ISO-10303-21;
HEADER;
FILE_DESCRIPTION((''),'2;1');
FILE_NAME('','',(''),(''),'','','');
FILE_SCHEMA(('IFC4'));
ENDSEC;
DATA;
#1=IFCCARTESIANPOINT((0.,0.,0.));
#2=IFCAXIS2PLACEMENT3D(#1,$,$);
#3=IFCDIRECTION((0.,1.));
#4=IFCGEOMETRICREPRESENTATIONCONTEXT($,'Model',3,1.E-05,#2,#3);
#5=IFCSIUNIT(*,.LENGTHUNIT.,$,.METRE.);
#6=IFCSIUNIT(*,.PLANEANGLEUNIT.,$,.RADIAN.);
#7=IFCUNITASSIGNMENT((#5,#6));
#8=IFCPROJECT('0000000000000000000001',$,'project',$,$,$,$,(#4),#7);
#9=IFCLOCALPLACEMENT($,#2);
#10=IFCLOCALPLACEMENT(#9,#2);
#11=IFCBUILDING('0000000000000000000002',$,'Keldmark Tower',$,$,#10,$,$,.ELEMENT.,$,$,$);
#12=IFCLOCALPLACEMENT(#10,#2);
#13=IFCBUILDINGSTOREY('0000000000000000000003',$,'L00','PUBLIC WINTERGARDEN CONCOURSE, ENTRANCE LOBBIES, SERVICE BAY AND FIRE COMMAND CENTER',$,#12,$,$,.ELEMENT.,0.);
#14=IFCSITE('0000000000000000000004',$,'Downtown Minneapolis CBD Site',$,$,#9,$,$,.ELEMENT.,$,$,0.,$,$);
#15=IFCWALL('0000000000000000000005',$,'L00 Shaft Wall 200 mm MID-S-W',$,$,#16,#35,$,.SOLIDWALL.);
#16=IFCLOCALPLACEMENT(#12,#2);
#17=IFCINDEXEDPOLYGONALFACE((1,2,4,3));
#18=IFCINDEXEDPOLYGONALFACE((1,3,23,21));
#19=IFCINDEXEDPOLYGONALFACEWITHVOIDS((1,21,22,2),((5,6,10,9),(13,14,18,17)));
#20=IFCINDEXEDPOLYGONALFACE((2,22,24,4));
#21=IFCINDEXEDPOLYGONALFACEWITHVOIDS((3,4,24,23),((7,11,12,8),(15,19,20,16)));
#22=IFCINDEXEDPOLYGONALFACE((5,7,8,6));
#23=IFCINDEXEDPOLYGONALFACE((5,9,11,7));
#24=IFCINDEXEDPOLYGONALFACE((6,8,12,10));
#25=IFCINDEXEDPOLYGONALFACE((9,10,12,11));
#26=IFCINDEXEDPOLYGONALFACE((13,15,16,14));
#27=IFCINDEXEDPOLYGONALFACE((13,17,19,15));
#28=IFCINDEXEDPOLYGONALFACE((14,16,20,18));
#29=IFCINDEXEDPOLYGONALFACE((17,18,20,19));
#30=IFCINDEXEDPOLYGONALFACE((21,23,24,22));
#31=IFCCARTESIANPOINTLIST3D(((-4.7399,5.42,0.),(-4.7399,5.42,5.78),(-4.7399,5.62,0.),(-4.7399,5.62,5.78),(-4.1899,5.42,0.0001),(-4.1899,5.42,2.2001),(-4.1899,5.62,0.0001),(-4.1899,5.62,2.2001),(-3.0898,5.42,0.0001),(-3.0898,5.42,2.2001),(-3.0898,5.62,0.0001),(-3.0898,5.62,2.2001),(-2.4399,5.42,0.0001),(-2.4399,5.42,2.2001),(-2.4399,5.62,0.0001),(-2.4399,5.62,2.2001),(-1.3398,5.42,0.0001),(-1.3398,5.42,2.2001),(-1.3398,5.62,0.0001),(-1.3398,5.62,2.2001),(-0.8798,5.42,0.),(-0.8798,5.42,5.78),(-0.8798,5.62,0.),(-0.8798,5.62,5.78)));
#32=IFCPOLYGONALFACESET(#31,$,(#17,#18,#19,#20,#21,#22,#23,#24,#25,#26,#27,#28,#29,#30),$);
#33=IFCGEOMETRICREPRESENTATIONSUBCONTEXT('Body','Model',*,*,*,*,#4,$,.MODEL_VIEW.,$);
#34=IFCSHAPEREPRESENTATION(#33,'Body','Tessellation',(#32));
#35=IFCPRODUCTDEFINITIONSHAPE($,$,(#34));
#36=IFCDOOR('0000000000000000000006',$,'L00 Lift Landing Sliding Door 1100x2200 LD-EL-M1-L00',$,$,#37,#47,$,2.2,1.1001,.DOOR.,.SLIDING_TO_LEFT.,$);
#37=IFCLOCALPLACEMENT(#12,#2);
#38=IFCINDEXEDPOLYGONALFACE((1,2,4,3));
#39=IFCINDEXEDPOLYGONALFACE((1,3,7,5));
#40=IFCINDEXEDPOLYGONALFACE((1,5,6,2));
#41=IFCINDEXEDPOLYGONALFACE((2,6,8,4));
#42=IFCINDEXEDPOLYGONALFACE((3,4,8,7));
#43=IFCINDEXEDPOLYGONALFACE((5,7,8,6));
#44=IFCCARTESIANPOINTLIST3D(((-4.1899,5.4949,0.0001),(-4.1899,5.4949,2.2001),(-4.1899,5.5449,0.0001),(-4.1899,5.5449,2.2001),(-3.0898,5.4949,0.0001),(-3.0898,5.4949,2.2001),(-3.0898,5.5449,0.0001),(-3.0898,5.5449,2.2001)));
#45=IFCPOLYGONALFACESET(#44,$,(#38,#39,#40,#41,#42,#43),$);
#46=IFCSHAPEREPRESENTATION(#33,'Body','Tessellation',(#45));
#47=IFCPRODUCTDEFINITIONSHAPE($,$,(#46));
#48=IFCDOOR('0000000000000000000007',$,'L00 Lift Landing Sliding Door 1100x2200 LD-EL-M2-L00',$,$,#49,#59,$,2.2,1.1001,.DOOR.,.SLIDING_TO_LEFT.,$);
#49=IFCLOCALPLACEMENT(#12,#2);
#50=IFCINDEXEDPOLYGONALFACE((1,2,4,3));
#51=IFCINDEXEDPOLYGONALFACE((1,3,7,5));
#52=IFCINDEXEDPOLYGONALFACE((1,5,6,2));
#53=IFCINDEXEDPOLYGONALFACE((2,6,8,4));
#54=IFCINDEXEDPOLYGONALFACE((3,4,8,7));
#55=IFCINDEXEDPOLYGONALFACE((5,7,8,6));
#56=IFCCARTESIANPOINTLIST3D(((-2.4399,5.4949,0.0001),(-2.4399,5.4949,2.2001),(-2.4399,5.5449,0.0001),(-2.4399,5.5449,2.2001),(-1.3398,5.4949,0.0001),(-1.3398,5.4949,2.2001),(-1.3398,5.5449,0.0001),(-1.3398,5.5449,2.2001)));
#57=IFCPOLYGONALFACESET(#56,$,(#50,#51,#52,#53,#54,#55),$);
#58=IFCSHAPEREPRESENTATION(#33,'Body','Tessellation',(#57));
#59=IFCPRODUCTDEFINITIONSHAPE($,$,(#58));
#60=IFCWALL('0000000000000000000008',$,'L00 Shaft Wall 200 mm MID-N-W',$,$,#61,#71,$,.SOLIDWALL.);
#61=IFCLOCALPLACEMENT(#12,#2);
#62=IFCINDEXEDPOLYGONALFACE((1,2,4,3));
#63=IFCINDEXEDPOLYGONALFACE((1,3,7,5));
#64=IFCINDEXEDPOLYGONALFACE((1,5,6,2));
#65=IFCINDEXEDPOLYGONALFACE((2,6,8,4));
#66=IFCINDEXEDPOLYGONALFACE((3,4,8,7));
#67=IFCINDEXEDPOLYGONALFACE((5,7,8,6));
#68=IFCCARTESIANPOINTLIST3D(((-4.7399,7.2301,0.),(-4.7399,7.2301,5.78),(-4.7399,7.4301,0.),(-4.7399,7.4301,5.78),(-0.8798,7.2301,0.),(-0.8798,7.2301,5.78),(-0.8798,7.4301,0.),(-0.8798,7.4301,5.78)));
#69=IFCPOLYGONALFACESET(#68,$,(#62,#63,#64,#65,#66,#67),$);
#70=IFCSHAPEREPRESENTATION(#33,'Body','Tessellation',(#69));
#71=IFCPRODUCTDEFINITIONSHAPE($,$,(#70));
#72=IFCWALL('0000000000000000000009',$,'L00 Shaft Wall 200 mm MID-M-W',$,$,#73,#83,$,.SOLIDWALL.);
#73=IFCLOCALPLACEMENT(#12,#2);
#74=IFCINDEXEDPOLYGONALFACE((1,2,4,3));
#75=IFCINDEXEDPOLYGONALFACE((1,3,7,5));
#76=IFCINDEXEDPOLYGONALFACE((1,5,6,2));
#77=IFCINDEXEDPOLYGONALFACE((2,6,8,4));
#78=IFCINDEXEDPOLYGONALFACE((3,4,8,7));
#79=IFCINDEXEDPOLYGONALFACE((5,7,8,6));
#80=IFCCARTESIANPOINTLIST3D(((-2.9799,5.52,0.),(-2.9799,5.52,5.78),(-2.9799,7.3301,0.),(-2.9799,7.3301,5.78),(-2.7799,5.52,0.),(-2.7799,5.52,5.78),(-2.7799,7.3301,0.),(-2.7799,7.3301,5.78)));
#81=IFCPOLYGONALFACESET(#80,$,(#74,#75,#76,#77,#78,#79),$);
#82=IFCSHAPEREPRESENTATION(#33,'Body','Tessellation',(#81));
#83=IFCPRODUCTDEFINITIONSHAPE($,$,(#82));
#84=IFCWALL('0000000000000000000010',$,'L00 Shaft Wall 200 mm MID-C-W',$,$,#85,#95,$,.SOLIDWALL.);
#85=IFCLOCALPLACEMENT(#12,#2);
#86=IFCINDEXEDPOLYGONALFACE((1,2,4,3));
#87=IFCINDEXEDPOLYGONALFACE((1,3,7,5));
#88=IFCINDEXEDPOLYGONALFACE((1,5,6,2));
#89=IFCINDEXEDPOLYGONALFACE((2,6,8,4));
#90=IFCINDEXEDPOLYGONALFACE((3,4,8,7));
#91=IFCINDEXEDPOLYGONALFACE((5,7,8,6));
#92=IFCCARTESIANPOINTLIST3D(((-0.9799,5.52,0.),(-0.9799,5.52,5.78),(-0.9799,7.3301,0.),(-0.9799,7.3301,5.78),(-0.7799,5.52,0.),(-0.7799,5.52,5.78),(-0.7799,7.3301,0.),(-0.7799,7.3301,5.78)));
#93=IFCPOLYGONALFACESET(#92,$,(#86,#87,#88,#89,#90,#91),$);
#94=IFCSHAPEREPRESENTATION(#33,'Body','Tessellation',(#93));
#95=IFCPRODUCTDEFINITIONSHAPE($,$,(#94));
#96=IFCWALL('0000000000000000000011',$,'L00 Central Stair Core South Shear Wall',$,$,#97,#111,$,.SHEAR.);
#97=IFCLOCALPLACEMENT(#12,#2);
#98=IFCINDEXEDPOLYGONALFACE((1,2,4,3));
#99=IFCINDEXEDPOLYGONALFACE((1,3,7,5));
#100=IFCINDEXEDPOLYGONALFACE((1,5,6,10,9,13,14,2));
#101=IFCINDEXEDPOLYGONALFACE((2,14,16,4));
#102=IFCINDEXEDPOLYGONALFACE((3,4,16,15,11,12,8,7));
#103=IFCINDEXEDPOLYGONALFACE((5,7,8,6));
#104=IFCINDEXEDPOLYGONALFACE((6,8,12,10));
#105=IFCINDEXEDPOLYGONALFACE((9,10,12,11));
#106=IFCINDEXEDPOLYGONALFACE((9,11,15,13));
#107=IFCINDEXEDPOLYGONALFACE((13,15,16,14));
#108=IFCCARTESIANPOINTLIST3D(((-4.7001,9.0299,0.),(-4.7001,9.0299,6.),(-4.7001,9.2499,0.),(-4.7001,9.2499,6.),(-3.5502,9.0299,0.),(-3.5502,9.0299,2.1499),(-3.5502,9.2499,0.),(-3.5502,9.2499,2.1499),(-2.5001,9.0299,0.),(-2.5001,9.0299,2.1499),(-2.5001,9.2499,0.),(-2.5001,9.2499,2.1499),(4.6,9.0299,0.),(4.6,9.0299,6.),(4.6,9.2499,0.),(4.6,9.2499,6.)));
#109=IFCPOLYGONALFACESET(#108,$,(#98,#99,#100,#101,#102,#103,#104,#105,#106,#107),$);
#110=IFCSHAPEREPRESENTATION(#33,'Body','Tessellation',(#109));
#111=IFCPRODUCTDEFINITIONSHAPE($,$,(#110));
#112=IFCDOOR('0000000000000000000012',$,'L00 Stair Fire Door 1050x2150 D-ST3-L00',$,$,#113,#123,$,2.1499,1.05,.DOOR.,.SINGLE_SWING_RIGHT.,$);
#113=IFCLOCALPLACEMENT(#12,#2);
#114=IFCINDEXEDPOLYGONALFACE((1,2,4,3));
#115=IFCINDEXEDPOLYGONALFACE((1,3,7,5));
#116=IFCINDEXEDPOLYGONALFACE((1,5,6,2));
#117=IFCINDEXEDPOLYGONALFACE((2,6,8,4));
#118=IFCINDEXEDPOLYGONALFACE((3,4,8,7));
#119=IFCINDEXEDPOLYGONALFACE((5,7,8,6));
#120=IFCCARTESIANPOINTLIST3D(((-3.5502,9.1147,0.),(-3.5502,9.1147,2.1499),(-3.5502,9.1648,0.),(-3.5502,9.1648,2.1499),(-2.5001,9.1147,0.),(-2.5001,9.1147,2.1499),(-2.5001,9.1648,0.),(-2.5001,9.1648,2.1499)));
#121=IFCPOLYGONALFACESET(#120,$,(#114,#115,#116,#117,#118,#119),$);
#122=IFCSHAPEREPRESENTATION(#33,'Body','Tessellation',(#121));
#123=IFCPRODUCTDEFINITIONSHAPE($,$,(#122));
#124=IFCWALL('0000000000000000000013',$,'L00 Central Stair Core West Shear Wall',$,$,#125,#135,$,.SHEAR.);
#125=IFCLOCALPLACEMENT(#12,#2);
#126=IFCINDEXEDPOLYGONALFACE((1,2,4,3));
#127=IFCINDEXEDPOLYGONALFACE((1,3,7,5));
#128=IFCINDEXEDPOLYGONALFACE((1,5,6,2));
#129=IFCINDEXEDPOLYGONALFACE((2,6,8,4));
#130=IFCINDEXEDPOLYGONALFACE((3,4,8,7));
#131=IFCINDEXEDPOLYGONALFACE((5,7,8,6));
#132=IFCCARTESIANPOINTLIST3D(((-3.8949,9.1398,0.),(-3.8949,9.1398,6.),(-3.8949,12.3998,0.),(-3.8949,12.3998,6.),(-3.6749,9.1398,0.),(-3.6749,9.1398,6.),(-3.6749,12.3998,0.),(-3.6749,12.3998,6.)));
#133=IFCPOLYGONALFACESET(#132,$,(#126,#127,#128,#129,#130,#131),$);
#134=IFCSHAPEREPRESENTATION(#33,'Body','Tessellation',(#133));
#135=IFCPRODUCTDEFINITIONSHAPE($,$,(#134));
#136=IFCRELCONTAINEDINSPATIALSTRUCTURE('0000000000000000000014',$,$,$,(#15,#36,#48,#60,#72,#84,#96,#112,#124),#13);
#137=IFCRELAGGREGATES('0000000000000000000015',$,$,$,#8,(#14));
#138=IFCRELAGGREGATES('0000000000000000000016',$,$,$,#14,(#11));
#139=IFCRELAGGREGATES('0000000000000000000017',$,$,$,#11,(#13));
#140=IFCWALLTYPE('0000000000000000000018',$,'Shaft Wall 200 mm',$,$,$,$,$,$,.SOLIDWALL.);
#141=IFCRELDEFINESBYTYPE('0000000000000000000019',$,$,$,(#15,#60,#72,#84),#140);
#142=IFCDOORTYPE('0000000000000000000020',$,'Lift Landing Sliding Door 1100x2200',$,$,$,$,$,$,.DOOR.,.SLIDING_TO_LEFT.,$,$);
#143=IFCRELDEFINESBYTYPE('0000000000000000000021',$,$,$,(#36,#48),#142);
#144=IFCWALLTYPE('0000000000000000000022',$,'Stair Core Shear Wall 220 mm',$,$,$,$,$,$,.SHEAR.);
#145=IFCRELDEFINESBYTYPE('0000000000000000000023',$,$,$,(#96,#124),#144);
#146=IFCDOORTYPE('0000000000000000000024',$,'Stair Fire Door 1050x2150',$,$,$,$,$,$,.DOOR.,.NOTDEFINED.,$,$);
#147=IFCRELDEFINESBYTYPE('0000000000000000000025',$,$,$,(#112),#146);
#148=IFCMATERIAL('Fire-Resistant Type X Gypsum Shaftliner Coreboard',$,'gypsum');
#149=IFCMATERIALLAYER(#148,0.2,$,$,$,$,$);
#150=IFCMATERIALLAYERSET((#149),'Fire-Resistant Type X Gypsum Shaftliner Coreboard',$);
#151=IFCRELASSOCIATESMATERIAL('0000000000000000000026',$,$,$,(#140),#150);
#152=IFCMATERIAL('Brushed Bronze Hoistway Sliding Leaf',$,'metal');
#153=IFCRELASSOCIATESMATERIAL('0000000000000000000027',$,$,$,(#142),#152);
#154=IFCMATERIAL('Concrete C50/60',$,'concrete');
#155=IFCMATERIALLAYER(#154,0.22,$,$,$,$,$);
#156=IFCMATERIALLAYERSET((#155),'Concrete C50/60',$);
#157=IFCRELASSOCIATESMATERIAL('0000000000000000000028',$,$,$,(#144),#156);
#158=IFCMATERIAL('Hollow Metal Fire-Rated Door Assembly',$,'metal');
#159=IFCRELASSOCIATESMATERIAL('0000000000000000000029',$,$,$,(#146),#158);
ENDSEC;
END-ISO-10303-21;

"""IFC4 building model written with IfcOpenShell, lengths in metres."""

from ifc_helpers import new_model, si_unit, direction, frame, frame_2d, origin, place, context, subcontext, project, spatial, rectangle, extrude, material, layer, layer_set, type_object, element, fill, save


model = new_model("IFC4")

# Units and contexts
model_context = context("Model", 3, precision=1e-05, world=origin(), true_north=direction((0.0, 1.0)))
body_context = subcontext(model_context, "Body", "Model", "MODEL_VIEW")
ifc_project = project(units=[si_unit("LENGTHUNIT", "METRE"), si_unit("PLANEANGLEUNIT", "RADIAN")], contexts=[model_context])

# Site, building, storey
site_placement = place(None, origin())
site = spatial("IfcSite", under=ifc_project, at=site_placement, Name="Downtown Minneapolis CBD Site", CompositionType="ELEMENT", RefElevation=0.0)
building_placement = place(site_placement, origin())
building = spatial("IfcBuilding", under=site, at=building_placement, Name="Keldmark Tower", CompositionType="ELEMENT")
storey_placement = place(building_placement, origin())
storey = spatial("IfcBuildingStorey", under=building, at=storey_placement, Name="L00", Description="PUBLIC WINTERGARDEN CONCOURSE, ENTRANCE LOBBIES, SERVICE BAY AND FIRE COMMAND CENTER", CompositionType="ELEMENT", Elevation=0.0)

# Shared definitions
ifc_material_1 = material(Name="Fire-Resistant Type X Gypsum Shaftliner Coreboard", Category="gypsum")
ifc_layer_1 = layer(ifc_material_1, 0.2)
ifc_layer_set_1 = layer_set([ifc_layer_1], Name="Fire-Resistant Type X Gypsum Shaftliner Coreboard")
wall_type_1 = type_object("IfcWallType", Name="Shaft Wall 200 mm", PredefinedType="SOLIDWALL", material=ifc_layer_set_1)
ifc_material_2 = material(Name="Brushed Bronze Hoistway Sliding Leaf", Category="metal")
door_type_1 = type_object("IfcDoorType", Name="Lift Landing Sliding Door 1100x2200", OperationType="SLIDING_TO_LEFT", PredefinedType="DOOR", material=ifc_material_2)

# Wall, openings, doors
wall_1_placement = place(storey_placement, frame((-4.74, 5.52, 0.0), z_axis=(0.0, 0.0, 1.0), x_axis=(1.0, 0.0, 0.0)))
wall_1 = element("IfcWall", 1, at=wall_1_placement, inside=storey, type_object=wall_type_1, Name="L00 Shaft Wall 200 mm MID-S-W", PredefinedType="SOLIDWALL", context=body_context, shape_type="SweptSolid", body=[
    extrude(rectangle(XDim=3.8601, YDim=0.2, at=frame_2d((1.9302, 0.0))), origin(), (0.0, 0.0, 1.0), 5.78),
])
opening_1_placement = place(wall_1_placement, frame((0.55, 0.0, 0.0)))
opening_1 = element("IfcOpeningElement", 2, at=opening_1_placement, cuts=wall_1, PredefinedType="OPENING", context=body_context, shape_type="SweptSolid", body=[
    extrude(rectangle(XDim=1.1001, YDim=2.2, at=frame_2d((0.55, 1.1001))), frame((0.0, 0.1099, 0.0), z_axis=(0.0, -1.0, 0.0), x_axis=(1.0, 0.0, 0.0)), (0.0, 0.0, 1.0), 0.22),
])
opening_2_placement = place(wall_1_placement, frame((2.3, 0.0, 0.0)))
opening_2 = element("IfcOpeningElement", 3, at=opening_2_placement, cuts=wall_1, PredefinedType="OPENING", context=body_context, shape_type="SweptSolid", body=[
    extrude(rectangle(XDim=1.1001, YDim=2.2, at=frame_2d((0.55, 1.1001))), frame((0.0, 0.1099, 0.0), z_axis=(0.0, -1.0, 0.0), x_axis=(1.0, 0.0, 0.0)), (0.0, 0.0, 1.0), 0.22),
])
door_1_placement = place(opening_1_placement, origin())
door_1 = element("IfcDoor", 4, at=door_1_placement, inside=storey, type_object=door_type_1, Name="L00 Lift Landing Sliding Door 1100x2200 LD-EL-M1-L00", OperationType="SLIDING_TO_LEFT", OverallHeight=2.2, OverallWidth=1.1001, PredefinedType="DOOR", context=body_context, shape_type="SweptSolid", body=[
    extrude(rectangle(XDim=1.1001, YDim=2.2, at=frame_2d((0.55, 1.1001))), frame((0.0, 0.0249, 0.0), z_axis=(0.0, -1.0, 0.0), x_axis=(1.0, 0.0, 0.0)), (0.0, 0.0, 1.0), 0.05),
])
fill(opening_1, door_1)
door_2_placement = place(opening_2_placement, origin())
door_2 = element("IfcDoor", 5, at=door_2_placement, inside=storey, type_object=door_type_1, Name="L00 Lift Landing Sliding Door 1100x2200 LD-EL-M2-L00", OperationType="SLIDING_TO_LEFT", OverallHeight=2.2, OverallWidth=1.1001, PredefinedType="DOOR", context=body_context, shape_type="SweptSolid", body=[
    extrude(rectangle(XDim=1.1001, YDim=2.2, at=frame_2d((0.55, 1.1001))), frame((0.0, 0.0249, 0.0), z_axis=(0.0, -1.0, 0.0), x_axis=(1.0, 0.0, 0.0)), (0.0, 0.0, 1.0), 0.05),
])
fill(opening_2, door_2)

# Walls
wall_2_placement = place(storey_placement, frame((-4.74, 7.3301, 0.0), z_axis=(0.0, 0.0, 1.0), x_axis=(1.0, 0.0, 0.0)))
element("IfcWall", 6, at=wall_2_placement, inside=storey, type_object=wall_type_1, Name="L00 Shaft Wall 200 mm MID-N-W", PredefinedType="SOLIDWALL", context=body_context, shape_type="SweptSolid", body=[
    extrude(rectangle(XDim=3.8601, YDim=0.2, at=frame_2d((1.9302, 0.0))), origin(), (0.0, 0.0, 1.0), 5.78),
])
for number, where, z_axis, x_axis, name in (
    (7, (-2.8799, 5.52, 0.0), (0.0, 0.0, 1.0), (0.0, 1.0, 0.0), "L00 Shaft Wall 200 mm MID-M-W"),
    (8, (-0.8799, 5.52, 0.0), (0.0, 0.0, 1.0), (0.0, 1.0, 0.0), "L00 Shaft Wall 200 mm MID-C-W"),
):
    element("IfcWall", number, at=place(storey_placement, frame(where, z_axis=z_axis, x_axis=x_axis)), inside=storey, type_object=wall_type_1, Name=name, PredefinedType="SOLIDWALL", context=body_context, shape_type="SweptSolid", body=[
        extrude(rectangle(XDim=1.8101, YDim=0.2, at=frame_2d((0.905, 0.0))), origin(), (0.0, 0.0, 1.0), 5.78),
    ])

# Wall, opening, door
ifc_material_3 = material(Name="Concrete C50/60", Category="concrete")
ifc_layer_2 = layer(ifc_material_3, 0.22)
ifc_layer_set_2 = layer_set([ifc_layer_2], Name="Concrete C50/60")
wall_type_2 = type_object("IfcWallType", Name="Stair Core Shear Wall 220 mm", PredefinedType="SHEAR", material=ifc_layer_set_2)
wall_3_placement = place(storey_placement, frame((-4.7, 9.1399, 0.0), z_axis=(0.0, 0.0, 1.0), x_axis=(1.0, 0.0, 0.0)))
wall_3 = element("IfcWall", 9, at=wall_3_placement, inside=storey, type_object=wall_type_2, Name="L00 Central Stair Core South Shear Wall", PredefinedType="SHEAR", context=body_context, shape_type="SweptSolid", body=[
    extrude(rectangle(XDim=9.3, YDim=0.22, at=frame_2d((4.6499, 0.0))), origin(), (0.0, 0.0, 1.0), 6.0),
])
opening_3_placement = place(wall_3_placement, frame((1.1499, 0.0, 0.0)))
opening_3 = element("IfcOpeningElement", 10, at=opening_3_placement, cuts=wall_3, PredefinedType="OPENING", context=body_context, shape_type="SweptSolid", body=[
    extrude(rectangle(XDim=1.05, YDim=2.1499, at=frame_2d((0.5249, 1.075))), frame((0.0, 0.1199, 0.0), z_axis=(0.0, -1.0, 0.0), x_axis=(1.0, 0.0, 0.0)), (0.0, 0.0, 1.0), 0.24),
])
ifc_material_4 = material(Name="Hollow Metal Fire-Rated Door Assembly", Category="metal")
door_type_2 = type_object("IfcDoorType", Name="Stair Fire Door 1050x2150", OperationType="NOTDEFINED", PredefinedType="DOOR", material=ifc_material_4)
door_3_placement = place(opening_3_placement, origin())
door_3 = element("IfcDoor", 11, at=door_3_placement, inside=storey, type_object=door_type_2, Name="L00 Stair Fire Door 1050x2150 D-ST3-L00", OperationType="SINGLE_SWING_RIGHT", OverallHeight=2.1499, OverallWidth=1.05, PredefinedType="DOOR", context=body_context, shape_type="SweptSolid", body=[
    extrude(rectangle(XDim=1.05, YDim=2.1499, at=frame_2d((0.5249, 1.075))), frame((0.0, 0.0249, 0.0), z_axis=(0.0, -1.0, 0.0), x_axis=(1.0, 0.0, 0.0)), (0.0, 0.0, 1.0), 0.05),
])
fill(opening_3, door_3)

# Wall
wall_4_placement = place(storey_placement, frame((-3.7849, 9.1399, 0.0), z_axis=(0.0, 0.0, 1.0), x_axis=(0.0, 1.0, 0.0)))
element("IfcWall", 12, at=wall_4_placement, inside=storey, type_object=wall_type_2, Name="L00 Central Stair Core West Shear Wall", PredefinedType="SHEAR", context=body_context, shape_type="SweptSolid", body=[
    extrude(rectangle(XDim=3.26, YDim=0.22, at=frame_2d((1.6299, 0.0))), origin(), (0.0, 0.0, 1.0), 6.0),
])

save(model, "model.ifc")
